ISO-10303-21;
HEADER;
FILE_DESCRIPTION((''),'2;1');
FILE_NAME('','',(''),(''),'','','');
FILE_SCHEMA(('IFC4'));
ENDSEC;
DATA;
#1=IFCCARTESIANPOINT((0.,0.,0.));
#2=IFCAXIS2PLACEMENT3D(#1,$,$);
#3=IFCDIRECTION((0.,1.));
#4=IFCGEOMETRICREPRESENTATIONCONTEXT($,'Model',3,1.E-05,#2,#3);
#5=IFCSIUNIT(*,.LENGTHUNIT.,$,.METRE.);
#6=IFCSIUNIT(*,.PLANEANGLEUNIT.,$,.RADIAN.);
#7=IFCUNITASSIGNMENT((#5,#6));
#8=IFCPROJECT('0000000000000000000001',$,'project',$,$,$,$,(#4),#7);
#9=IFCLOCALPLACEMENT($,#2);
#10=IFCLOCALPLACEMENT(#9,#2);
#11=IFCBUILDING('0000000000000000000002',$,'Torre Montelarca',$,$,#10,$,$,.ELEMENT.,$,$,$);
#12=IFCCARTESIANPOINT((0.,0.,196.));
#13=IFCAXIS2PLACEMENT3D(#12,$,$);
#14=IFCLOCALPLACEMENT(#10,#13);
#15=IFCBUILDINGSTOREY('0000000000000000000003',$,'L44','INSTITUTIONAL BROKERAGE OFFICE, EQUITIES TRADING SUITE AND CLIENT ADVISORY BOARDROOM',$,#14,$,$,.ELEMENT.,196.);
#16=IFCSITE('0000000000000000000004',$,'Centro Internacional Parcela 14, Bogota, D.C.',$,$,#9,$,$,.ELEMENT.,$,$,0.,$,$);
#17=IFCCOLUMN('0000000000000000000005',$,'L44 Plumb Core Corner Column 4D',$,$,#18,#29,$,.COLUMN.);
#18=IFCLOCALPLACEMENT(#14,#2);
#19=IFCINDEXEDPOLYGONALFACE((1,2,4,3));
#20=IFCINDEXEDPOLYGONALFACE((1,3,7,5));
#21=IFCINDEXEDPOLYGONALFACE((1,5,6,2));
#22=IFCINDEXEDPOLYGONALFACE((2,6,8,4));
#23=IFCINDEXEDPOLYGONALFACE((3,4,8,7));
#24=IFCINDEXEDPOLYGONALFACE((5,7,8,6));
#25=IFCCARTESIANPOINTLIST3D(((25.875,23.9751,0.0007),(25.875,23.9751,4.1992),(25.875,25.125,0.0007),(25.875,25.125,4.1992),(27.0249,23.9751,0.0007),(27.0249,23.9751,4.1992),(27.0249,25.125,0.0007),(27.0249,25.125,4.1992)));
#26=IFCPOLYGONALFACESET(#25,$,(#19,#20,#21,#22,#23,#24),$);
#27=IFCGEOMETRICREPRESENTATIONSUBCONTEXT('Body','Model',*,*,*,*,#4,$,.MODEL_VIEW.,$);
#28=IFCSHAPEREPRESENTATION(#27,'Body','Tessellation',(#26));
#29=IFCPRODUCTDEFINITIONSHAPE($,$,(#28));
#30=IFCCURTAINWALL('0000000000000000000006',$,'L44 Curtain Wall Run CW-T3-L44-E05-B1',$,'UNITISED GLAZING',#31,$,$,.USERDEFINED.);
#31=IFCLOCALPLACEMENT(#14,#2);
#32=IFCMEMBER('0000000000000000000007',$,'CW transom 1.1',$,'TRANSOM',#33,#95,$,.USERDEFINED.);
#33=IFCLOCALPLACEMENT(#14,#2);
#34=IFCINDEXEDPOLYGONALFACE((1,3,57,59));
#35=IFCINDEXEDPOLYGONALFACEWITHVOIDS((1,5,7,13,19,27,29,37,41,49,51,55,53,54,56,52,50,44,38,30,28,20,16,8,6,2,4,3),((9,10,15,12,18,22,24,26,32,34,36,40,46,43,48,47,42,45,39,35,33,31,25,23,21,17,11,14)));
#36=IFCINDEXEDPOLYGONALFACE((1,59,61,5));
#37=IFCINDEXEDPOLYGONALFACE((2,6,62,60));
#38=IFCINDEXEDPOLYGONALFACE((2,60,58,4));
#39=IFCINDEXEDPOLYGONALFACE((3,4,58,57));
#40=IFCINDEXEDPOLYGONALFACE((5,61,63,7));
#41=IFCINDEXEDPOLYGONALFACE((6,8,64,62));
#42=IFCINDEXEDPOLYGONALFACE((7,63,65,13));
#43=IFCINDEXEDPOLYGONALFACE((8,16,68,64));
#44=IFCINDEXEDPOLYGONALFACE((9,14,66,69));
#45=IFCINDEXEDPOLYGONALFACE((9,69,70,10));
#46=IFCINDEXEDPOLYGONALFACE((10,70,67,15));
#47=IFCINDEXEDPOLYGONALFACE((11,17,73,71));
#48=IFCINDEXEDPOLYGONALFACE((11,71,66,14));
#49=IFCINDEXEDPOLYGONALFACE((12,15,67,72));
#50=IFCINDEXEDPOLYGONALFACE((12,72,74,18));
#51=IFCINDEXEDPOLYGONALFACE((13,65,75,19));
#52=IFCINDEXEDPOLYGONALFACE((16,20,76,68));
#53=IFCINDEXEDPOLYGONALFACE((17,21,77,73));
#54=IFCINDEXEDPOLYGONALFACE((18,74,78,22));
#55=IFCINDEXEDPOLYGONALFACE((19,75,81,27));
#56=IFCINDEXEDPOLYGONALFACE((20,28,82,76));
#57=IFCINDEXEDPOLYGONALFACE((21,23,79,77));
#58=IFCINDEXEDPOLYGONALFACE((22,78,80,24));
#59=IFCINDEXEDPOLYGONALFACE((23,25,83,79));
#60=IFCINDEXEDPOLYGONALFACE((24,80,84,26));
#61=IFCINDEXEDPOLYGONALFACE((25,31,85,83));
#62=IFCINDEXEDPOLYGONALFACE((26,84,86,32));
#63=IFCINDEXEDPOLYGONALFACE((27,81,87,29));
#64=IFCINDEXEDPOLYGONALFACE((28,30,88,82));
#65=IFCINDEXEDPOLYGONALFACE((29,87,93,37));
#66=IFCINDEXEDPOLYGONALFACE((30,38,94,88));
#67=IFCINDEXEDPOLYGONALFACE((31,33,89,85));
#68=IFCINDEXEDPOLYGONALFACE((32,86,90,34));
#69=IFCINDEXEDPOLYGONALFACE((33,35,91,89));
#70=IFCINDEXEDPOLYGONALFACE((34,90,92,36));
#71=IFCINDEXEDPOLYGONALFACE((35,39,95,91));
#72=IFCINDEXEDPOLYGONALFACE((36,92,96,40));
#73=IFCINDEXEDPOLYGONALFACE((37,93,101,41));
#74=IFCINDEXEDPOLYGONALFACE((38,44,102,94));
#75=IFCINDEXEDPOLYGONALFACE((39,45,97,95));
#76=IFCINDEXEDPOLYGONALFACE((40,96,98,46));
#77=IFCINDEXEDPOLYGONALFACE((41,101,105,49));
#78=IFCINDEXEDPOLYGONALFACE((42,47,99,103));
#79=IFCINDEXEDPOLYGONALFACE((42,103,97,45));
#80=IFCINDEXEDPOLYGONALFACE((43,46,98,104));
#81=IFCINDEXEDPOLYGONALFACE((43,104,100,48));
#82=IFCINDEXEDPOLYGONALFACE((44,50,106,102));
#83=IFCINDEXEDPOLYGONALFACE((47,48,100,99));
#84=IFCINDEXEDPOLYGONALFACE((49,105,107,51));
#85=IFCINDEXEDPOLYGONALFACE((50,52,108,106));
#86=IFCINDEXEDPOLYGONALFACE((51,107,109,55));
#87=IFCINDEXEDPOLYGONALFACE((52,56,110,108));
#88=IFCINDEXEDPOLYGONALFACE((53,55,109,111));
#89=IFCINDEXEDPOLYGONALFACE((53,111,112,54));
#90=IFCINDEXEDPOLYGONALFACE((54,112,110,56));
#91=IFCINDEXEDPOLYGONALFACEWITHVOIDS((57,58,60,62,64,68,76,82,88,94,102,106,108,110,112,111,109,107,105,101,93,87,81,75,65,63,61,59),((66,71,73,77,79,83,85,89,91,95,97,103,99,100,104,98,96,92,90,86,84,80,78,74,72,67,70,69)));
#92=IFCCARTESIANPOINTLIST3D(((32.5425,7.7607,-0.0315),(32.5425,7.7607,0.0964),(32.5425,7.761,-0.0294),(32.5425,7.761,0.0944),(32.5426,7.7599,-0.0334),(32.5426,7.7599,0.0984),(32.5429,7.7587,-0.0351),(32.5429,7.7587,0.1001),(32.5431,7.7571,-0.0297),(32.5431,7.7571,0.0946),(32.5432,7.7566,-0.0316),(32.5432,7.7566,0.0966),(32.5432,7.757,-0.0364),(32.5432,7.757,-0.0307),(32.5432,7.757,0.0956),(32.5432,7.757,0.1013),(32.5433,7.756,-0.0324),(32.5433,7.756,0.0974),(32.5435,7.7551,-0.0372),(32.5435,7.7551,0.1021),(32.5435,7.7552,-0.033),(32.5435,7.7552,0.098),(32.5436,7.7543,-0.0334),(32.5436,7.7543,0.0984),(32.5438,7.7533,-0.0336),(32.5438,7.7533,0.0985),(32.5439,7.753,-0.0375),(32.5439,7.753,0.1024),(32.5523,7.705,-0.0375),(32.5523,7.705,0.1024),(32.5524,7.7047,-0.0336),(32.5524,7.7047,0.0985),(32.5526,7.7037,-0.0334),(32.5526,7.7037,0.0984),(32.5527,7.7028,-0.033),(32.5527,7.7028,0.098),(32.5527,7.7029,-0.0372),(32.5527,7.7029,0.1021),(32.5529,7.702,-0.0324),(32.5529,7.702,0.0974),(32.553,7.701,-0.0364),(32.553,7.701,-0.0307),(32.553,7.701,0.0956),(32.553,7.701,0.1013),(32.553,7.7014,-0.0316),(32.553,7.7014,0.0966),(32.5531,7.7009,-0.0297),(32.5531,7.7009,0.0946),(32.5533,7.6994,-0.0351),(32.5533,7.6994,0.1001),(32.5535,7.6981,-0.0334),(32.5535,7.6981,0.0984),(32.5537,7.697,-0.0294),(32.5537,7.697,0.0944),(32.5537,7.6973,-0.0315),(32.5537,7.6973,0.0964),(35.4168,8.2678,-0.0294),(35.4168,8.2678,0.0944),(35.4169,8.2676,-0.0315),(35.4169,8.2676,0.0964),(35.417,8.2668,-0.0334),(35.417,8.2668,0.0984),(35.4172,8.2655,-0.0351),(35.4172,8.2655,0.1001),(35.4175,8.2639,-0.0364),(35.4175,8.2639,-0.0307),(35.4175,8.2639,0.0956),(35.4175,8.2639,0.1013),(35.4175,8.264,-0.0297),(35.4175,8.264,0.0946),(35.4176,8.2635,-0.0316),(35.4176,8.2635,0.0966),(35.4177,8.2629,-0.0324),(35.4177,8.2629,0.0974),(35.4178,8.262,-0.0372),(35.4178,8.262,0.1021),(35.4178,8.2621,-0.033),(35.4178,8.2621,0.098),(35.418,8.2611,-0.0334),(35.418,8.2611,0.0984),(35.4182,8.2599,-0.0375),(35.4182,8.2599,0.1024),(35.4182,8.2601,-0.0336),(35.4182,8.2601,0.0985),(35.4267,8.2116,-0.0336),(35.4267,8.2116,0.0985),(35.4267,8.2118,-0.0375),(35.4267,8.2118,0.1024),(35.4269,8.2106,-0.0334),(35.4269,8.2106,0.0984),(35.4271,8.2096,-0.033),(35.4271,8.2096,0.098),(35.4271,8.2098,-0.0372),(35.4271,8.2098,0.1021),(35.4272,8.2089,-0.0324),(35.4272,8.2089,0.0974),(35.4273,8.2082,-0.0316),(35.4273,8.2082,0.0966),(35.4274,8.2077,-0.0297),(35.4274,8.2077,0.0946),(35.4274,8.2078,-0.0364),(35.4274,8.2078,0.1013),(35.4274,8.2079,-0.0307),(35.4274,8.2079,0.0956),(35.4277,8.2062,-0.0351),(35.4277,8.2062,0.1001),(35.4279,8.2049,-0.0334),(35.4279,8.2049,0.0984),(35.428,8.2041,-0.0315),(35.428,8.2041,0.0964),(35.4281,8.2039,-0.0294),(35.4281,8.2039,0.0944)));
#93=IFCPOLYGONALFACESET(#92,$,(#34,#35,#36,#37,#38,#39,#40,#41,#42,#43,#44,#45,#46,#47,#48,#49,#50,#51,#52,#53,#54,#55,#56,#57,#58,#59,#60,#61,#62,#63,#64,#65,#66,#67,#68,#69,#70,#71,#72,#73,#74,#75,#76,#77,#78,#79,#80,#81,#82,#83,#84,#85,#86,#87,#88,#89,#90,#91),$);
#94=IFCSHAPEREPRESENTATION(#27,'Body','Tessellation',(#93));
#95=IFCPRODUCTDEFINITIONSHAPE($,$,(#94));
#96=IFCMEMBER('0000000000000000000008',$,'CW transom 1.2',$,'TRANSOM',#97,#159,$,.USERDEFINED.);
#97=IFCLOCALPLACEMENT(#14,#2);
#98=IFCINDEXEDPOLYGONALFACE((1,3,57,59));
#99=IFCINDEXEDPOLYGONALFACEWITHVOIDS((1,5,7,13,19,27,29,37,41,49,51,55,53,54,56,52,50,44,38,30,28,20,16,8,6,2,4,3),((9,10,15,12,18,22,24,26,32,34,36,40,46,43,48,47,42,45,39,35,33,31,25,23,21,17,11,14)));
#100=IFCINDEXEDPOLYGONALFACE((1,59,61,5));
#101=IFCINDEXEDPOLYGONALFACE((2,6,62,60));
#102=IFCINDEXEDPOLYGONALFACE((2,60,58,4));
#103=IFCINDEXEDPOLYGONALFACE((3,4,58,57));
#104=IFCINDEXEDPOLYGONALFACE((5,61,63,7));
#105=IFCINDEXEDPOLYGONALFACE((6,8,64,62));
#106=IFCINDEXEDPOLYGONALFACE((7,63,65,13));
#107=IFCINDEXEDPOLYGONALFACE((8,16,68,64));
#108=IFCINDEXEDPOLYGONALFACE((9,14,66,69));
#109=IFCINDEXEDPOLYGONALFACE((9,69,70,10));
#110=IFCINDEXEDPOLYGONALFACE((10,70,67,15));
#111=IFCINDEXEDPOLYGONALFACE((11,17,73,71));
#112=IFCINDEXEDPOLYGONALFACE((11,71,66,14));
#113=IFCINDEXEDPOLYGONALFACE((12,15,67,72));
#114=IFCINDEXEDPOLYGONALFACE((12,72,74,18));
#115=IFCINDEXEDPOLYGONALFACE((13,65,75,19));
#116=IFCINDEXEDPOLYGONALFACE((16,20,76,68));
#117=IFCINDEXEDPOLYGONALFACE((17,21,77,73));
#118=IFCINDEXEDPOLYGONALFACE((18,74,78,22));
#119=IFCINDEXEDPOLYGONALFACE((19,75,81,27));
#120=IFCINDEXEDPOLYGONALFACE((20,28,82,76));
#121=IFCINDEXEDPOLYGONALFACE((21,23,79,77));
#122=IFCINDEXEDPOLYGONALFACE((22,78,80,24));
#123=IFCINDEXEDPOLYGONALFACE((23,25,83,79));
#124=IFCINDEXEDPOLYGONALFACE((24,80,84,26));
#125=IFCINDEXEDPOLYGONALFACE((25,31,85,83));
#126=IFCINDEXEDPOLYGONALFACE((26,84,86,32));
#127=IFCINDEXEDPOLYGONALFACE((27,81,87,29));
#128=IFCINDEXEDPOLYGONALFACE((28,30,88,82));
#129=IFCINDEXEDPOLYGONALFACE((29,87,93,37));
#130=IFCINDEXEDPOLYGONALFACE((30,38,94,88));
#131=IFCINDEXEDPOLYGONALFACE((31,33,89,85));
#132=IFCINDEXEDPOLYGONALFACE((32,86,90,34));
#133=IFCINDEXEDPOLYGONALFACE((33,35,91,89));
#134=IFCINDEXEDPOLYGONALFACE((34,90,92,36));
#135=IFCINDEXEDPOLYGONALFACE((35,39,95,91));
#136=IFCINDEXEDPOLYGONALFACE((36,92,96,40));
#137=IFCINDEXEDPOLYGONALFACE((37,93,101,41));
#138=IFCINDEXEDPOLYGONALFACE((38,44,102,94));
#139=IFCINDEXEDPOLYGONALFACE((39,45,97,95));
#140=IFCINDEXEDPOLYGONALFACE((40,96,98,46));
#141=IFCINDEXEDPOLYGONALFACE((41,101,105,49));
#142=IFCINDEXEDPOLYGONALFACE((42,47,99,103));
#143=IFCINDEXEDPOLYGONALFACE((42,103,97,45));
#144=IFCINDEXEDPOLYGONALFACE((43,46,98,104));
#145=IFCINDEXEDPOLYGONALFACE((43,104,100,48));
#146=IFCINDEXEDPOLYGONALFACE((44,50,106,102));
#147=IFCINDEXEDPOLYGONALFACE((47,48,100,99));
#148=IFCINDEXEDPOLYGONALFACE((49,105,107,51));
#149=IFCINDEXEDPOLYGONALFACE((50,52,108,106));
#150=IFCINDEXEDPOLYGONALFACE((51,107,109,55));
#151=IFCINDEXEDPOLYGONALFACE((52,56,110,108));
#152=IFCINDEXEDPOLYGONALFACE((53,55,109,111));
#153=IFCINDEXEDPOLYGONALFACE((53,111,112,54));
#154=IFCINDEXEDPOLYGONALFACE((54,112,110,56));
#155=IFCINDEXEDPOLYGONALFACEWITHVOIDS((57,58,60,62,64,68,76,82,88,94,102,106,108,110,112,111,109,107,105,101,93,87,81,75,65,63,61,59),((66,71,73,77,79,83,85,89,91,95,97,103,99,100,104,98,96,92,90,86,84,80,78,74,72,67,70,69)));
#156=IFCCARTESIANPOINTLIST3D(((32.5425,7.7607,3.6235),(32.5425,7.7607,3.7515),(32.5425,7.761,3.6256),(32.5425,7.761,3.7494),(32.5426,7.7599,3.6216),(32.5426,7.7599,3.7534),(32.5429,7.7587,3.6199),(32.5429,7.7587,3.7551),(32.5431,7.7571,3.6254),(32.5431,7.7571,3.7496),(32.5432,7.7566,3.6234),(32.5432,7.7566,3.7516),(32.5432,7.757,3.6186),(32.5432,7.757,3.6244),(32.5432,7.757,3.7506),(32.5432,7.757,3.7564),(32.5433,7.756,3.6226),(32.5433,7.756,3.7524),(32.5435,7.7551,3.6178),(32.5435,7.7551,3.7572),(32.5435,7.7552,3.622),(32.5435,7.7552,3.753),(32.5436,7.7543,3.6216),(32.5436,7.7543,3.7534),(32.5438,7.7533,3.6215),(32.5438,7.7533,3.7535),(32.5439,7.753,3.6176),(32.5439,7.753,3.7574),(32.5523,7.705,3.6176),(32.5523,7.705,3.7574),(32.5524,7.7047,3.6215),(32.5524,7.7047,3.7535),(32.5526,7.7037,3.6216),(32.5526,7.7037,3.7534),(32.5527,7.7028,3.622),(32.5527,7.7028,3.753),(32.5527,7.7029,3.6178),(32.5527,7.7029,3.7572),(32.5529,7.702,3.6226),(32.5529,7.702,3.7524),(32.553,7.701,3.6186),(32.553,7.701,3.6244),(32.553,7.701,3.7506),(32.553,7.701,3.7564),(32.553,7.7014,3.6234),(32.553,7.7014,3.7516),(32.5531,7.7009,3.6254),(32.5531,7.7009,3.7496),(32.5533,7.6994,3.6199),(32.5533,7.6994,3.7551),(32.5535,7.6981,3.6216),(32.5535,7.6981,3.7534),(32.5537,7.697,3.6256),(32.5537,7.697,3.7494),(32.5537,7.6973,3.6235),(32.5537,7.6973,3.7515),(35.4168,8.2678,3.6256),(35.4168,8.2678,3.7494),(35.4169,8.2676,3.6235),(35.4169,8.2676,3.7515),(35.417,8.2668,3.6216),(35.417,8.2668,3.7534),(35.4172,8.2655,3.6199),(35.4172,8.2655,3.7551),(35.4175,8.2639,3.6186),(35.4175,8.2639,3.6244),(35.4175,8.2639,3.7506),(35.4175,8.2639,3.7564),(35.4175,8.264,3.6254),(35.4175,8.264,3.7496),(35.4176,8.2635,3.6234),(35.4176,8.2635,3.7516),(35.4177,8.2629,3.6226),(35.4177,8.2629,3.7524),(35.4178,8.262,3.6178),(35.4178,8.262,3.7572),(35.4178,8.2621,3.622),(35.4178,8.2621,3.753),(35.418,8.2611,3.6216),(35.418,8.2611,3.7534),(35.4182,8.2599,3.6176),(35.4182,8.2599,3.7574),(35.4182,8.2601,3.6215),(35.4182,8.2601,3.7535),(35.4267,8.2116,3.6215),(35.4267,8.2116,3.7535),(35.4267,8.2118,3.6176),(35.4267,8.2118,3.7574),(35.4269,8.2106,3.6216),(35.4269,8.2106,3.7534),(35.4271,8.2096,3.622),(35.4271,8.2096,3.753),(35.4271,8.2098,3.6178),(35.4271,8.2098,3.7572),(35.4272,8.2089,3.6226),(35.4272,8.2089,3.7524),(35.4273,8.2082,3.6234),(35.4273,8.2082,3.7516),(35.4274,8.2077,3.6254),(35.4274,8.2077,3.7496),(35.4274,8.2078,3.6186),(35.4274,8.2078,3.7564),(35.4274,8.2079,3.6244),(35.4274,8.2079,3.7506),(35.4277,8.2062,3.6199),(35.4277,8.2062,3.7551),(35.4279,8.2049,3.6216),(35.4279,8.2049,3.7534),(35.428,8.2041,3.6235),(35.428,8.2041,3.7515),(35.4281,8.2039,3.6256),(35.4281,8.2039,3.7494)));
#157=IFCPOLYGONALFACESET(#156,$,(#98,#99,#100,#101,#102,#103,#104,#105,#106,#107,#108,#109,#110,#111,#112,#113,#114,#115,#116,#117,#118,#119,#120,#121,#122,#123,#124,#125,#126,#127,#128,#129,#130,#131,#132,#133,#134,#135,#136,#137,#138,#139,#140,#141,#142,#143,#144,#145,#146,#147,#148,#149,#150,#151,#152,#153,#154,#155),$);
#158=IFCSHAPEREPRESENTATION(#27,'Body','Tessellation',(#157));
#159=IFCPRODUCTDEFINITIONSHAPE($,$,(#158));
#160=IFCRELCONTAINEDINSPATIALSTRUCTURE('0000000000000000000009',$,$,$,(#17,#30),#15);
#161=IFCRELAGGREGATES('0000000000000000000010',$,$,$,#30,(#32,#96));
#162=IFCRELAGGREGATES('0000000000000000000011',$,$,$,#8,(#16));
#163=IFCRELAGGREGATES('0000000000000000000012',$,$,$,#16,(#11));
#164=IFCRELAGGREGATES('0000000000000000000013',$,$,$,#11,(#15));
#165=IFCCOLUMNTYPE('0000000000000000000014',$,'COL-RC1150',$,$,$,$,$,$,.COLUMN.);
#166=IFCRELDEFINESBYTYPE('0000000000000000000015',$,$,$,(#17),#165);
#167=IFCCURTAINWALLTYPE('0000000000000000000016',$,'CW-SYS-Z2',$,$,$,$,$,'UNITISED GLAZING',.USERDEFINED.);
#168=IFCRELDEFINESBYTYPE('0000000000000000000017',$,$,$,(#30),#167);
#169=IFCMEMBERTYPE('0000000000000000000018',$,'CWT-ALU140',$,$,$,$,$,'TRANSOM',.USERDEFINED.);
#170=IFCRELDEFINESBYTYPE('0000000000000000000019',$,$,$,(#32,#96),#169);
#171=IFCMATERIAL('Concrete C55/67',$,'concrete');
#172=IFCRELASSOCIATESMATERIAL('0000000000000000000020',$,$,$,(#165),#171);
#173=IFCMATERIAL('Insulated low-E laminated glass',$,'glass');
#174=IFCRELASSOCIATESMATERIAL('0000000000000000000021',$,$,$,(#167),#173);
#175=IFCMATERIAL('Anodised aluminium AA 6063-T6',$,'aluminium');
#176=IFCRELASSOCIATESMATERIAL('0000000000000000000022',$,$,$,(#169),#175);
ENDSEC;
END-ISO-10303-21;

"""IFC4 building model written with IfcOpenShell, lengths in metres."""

from ifc_helpers import new_model, si_unit, direction, frame, origin, origin_2d, place, context, subcontext, project, spatial, rectangle, hollow_rectangle, extrude, source, transform, mapped, material, material_profile, profile_set, type_object, element, aggregate, save


model = new_model("IFC4")

# Units and contexts
model_context = context("Model", 3, precision=1e-05, world=origin(), true_north=direction((0.0, 1.0)))
body_context = subcontext(model_context, "Body", "Model", "MODEL_VIEW")
ifc_project = project(units=[si_unit("LENGTHUNIT", "METRE"), si_unit("PLANEANGLEUNIT", "RADIAN")], contexts=[model_context])

# Site, building, storey
site_placement = place(None, origin())
site = spatial("IfcSite", under=ifc_project, at=site_placement, Name="Centro Internacional Parcela 14, Bogota, D.C.", CompositionType="ELEMENT", RefElevation=0.0)
building_placement = place(site_placement, origin())
building = spatial("IfcBuilding", under=site, at=building_placement, Name="Torre Montelarca", CompositionType="ELEMENT")
storey_placement = place(building_placement, frame((0.0, 0.0, 196.0)))
storey = spatial("IfcBuildingStorey", under=building, at=storey_placement, Name="L44", Description="INSTITUTIONAL BROKERAGE OFFICE, EQUITIES TRADING SUITE AND CLIENT ADVISORY BOARDROOM", CompositionType="ELEMENT", Elevation=196.0)

# Column
ifc_material_1 = material(Name="Concrete C55/67", Category="concrete")
ifc_material_profile_1 = material_profile(ifc_material_1, rectangle(XDim=1.1499, YDim=1.1499, at=origin_2d()), Name="RC1150X1150", Category="concrete")
ifc_profile_set_1 = profile_set([ifc_material_profile_1], Name="Concrete C55/67")
column_type = type_object("IfcColumnType", Name="COL-RC1150", PredefinedType="COLUMN", material=ifc_profile_set_1)
shared_shape_1 = source(origin(), body_context, "Body", "SweptSolid", [
    extrude(rectangle(XDim=1.1499, YDim=1.1499, at=origin_2d()), origin(), (0.0, 0.0, 1.0), 4.1985),
])
column_1_placement = place(storey_placement, frame((26.45, 24.55, 0.0007), z_axis=(0.0, 0.0, 1.0), x_axis=(1.0, 0.0, 0.0)))
element("IfcColumn", 1, at=column_1_placement, inside=storey, type_object=column_type, Name="L44 Plumb Core Corner Column 4D", PredefinedType="COLUMN", context=body_context, shape_type="MappedRepresentation", body=[
    mapped(shared_shape_1, transform((0.0, 0.0, 0.0), scale=1.0)),
])

# Curtain wall, members
ifc_material_2 = material(Name="Insulated low-E laminated glass", Category="glass")
curtain_wall_type = type_object("IfcCurtainWallType", Name="CW-SYS-Z2", ElementType="UNITISED GLAZING", PredefinedType="USERDEFINED", material=ifc_material_2)
curtain_wall_1_placement = place(storey_placement, origin())
curtain_wall_1 = element("IfcCurtainWall", 2, at=curtain_wall_1_placement, inside=storey, type_object=curtain_wall_type, Name="L44 Curtain Wall Run CW-T3-L44-E05-B1", ObjectType="UNITISED GLAZING", PredefinedType="USERDEFINED")
ifc_material_3 = material(Name="Anodised aluminium AA 6063-T6", Category="aluminium")
ifc_material_profile_2 = material_profile(ifc_material_3, hollow_rectangle(XDim=0.0649, YDim=0.1399, WallThickness=0.0039, InnerFilletRadius=0.0039, OuterFilletRadius=0.0081, at=origin_2d()), Name="ALU65X140X4", Category="aluminium")
ifc_profile_set_2 = profile_set([ifc_material_profile_2], Name="Anodised aluminium AA 6063-T6")
member_type_1 = type_object("IfcMemberType", Name="CWT-ALU140", ElementType="TRANSOM", PredefinedType="USERDEFINED", material=ifc_profile_set_2)
shared_shape_2 = source(origin(), body_context, "Body", "SweptSolid", [
    extrude(hollow_rectangle(XDim=0.0649, YDim=0.1399, WallThickness=0.0039, InnerFilletRadius=0.0039, OuterFilletRadius=0.0081, at=origin_2d()), origin(), (0.0, 0.0, 1.0), 2.9187),
])
member_1_placement = place(storey_placement, frame((32.5481, 7.729, 0.0325), z_axis=(0.984806, 0.173656, 0.0), x_axis=(-0.173656, 0.984806, 0.0)))
member_1 = element("IfcMember", 3, at=member_1_placement, type_object=member_type_1, Name="CW transom 1.1", ObjectType="TRANSOM", PredefinedType="USERDEFINED", context=body_context, shape_type="MappedRepresentation", body=[
    mapped(shared_shape_2, transform((0.0, 0.0, 0.0), scale=1.0)),
])
member_2_placement = place(storey_placement, frame((32.5481, 7.729, 3.6875), z_axis=(0.984806, 0.173656, 0.0), x_axis=(-0.173656, 0.984806, 0.0)))
member_2 = element("IfcMember", 4, at=member_2_placement, type_object=member_type_1, Name="CW transom 1.2", ObjectType="TRANSOM", PredefinedType="USERDEFINED", context=body_context, shape_type="MappedRepresentation", body=[
    mapped(shared_shape_2, transform((0.0, 0.0, 0.0), scale=1.0)),
])

aggregate(curtain_wall_1, [member_1, member_2])

save(model, "model.ifc")
